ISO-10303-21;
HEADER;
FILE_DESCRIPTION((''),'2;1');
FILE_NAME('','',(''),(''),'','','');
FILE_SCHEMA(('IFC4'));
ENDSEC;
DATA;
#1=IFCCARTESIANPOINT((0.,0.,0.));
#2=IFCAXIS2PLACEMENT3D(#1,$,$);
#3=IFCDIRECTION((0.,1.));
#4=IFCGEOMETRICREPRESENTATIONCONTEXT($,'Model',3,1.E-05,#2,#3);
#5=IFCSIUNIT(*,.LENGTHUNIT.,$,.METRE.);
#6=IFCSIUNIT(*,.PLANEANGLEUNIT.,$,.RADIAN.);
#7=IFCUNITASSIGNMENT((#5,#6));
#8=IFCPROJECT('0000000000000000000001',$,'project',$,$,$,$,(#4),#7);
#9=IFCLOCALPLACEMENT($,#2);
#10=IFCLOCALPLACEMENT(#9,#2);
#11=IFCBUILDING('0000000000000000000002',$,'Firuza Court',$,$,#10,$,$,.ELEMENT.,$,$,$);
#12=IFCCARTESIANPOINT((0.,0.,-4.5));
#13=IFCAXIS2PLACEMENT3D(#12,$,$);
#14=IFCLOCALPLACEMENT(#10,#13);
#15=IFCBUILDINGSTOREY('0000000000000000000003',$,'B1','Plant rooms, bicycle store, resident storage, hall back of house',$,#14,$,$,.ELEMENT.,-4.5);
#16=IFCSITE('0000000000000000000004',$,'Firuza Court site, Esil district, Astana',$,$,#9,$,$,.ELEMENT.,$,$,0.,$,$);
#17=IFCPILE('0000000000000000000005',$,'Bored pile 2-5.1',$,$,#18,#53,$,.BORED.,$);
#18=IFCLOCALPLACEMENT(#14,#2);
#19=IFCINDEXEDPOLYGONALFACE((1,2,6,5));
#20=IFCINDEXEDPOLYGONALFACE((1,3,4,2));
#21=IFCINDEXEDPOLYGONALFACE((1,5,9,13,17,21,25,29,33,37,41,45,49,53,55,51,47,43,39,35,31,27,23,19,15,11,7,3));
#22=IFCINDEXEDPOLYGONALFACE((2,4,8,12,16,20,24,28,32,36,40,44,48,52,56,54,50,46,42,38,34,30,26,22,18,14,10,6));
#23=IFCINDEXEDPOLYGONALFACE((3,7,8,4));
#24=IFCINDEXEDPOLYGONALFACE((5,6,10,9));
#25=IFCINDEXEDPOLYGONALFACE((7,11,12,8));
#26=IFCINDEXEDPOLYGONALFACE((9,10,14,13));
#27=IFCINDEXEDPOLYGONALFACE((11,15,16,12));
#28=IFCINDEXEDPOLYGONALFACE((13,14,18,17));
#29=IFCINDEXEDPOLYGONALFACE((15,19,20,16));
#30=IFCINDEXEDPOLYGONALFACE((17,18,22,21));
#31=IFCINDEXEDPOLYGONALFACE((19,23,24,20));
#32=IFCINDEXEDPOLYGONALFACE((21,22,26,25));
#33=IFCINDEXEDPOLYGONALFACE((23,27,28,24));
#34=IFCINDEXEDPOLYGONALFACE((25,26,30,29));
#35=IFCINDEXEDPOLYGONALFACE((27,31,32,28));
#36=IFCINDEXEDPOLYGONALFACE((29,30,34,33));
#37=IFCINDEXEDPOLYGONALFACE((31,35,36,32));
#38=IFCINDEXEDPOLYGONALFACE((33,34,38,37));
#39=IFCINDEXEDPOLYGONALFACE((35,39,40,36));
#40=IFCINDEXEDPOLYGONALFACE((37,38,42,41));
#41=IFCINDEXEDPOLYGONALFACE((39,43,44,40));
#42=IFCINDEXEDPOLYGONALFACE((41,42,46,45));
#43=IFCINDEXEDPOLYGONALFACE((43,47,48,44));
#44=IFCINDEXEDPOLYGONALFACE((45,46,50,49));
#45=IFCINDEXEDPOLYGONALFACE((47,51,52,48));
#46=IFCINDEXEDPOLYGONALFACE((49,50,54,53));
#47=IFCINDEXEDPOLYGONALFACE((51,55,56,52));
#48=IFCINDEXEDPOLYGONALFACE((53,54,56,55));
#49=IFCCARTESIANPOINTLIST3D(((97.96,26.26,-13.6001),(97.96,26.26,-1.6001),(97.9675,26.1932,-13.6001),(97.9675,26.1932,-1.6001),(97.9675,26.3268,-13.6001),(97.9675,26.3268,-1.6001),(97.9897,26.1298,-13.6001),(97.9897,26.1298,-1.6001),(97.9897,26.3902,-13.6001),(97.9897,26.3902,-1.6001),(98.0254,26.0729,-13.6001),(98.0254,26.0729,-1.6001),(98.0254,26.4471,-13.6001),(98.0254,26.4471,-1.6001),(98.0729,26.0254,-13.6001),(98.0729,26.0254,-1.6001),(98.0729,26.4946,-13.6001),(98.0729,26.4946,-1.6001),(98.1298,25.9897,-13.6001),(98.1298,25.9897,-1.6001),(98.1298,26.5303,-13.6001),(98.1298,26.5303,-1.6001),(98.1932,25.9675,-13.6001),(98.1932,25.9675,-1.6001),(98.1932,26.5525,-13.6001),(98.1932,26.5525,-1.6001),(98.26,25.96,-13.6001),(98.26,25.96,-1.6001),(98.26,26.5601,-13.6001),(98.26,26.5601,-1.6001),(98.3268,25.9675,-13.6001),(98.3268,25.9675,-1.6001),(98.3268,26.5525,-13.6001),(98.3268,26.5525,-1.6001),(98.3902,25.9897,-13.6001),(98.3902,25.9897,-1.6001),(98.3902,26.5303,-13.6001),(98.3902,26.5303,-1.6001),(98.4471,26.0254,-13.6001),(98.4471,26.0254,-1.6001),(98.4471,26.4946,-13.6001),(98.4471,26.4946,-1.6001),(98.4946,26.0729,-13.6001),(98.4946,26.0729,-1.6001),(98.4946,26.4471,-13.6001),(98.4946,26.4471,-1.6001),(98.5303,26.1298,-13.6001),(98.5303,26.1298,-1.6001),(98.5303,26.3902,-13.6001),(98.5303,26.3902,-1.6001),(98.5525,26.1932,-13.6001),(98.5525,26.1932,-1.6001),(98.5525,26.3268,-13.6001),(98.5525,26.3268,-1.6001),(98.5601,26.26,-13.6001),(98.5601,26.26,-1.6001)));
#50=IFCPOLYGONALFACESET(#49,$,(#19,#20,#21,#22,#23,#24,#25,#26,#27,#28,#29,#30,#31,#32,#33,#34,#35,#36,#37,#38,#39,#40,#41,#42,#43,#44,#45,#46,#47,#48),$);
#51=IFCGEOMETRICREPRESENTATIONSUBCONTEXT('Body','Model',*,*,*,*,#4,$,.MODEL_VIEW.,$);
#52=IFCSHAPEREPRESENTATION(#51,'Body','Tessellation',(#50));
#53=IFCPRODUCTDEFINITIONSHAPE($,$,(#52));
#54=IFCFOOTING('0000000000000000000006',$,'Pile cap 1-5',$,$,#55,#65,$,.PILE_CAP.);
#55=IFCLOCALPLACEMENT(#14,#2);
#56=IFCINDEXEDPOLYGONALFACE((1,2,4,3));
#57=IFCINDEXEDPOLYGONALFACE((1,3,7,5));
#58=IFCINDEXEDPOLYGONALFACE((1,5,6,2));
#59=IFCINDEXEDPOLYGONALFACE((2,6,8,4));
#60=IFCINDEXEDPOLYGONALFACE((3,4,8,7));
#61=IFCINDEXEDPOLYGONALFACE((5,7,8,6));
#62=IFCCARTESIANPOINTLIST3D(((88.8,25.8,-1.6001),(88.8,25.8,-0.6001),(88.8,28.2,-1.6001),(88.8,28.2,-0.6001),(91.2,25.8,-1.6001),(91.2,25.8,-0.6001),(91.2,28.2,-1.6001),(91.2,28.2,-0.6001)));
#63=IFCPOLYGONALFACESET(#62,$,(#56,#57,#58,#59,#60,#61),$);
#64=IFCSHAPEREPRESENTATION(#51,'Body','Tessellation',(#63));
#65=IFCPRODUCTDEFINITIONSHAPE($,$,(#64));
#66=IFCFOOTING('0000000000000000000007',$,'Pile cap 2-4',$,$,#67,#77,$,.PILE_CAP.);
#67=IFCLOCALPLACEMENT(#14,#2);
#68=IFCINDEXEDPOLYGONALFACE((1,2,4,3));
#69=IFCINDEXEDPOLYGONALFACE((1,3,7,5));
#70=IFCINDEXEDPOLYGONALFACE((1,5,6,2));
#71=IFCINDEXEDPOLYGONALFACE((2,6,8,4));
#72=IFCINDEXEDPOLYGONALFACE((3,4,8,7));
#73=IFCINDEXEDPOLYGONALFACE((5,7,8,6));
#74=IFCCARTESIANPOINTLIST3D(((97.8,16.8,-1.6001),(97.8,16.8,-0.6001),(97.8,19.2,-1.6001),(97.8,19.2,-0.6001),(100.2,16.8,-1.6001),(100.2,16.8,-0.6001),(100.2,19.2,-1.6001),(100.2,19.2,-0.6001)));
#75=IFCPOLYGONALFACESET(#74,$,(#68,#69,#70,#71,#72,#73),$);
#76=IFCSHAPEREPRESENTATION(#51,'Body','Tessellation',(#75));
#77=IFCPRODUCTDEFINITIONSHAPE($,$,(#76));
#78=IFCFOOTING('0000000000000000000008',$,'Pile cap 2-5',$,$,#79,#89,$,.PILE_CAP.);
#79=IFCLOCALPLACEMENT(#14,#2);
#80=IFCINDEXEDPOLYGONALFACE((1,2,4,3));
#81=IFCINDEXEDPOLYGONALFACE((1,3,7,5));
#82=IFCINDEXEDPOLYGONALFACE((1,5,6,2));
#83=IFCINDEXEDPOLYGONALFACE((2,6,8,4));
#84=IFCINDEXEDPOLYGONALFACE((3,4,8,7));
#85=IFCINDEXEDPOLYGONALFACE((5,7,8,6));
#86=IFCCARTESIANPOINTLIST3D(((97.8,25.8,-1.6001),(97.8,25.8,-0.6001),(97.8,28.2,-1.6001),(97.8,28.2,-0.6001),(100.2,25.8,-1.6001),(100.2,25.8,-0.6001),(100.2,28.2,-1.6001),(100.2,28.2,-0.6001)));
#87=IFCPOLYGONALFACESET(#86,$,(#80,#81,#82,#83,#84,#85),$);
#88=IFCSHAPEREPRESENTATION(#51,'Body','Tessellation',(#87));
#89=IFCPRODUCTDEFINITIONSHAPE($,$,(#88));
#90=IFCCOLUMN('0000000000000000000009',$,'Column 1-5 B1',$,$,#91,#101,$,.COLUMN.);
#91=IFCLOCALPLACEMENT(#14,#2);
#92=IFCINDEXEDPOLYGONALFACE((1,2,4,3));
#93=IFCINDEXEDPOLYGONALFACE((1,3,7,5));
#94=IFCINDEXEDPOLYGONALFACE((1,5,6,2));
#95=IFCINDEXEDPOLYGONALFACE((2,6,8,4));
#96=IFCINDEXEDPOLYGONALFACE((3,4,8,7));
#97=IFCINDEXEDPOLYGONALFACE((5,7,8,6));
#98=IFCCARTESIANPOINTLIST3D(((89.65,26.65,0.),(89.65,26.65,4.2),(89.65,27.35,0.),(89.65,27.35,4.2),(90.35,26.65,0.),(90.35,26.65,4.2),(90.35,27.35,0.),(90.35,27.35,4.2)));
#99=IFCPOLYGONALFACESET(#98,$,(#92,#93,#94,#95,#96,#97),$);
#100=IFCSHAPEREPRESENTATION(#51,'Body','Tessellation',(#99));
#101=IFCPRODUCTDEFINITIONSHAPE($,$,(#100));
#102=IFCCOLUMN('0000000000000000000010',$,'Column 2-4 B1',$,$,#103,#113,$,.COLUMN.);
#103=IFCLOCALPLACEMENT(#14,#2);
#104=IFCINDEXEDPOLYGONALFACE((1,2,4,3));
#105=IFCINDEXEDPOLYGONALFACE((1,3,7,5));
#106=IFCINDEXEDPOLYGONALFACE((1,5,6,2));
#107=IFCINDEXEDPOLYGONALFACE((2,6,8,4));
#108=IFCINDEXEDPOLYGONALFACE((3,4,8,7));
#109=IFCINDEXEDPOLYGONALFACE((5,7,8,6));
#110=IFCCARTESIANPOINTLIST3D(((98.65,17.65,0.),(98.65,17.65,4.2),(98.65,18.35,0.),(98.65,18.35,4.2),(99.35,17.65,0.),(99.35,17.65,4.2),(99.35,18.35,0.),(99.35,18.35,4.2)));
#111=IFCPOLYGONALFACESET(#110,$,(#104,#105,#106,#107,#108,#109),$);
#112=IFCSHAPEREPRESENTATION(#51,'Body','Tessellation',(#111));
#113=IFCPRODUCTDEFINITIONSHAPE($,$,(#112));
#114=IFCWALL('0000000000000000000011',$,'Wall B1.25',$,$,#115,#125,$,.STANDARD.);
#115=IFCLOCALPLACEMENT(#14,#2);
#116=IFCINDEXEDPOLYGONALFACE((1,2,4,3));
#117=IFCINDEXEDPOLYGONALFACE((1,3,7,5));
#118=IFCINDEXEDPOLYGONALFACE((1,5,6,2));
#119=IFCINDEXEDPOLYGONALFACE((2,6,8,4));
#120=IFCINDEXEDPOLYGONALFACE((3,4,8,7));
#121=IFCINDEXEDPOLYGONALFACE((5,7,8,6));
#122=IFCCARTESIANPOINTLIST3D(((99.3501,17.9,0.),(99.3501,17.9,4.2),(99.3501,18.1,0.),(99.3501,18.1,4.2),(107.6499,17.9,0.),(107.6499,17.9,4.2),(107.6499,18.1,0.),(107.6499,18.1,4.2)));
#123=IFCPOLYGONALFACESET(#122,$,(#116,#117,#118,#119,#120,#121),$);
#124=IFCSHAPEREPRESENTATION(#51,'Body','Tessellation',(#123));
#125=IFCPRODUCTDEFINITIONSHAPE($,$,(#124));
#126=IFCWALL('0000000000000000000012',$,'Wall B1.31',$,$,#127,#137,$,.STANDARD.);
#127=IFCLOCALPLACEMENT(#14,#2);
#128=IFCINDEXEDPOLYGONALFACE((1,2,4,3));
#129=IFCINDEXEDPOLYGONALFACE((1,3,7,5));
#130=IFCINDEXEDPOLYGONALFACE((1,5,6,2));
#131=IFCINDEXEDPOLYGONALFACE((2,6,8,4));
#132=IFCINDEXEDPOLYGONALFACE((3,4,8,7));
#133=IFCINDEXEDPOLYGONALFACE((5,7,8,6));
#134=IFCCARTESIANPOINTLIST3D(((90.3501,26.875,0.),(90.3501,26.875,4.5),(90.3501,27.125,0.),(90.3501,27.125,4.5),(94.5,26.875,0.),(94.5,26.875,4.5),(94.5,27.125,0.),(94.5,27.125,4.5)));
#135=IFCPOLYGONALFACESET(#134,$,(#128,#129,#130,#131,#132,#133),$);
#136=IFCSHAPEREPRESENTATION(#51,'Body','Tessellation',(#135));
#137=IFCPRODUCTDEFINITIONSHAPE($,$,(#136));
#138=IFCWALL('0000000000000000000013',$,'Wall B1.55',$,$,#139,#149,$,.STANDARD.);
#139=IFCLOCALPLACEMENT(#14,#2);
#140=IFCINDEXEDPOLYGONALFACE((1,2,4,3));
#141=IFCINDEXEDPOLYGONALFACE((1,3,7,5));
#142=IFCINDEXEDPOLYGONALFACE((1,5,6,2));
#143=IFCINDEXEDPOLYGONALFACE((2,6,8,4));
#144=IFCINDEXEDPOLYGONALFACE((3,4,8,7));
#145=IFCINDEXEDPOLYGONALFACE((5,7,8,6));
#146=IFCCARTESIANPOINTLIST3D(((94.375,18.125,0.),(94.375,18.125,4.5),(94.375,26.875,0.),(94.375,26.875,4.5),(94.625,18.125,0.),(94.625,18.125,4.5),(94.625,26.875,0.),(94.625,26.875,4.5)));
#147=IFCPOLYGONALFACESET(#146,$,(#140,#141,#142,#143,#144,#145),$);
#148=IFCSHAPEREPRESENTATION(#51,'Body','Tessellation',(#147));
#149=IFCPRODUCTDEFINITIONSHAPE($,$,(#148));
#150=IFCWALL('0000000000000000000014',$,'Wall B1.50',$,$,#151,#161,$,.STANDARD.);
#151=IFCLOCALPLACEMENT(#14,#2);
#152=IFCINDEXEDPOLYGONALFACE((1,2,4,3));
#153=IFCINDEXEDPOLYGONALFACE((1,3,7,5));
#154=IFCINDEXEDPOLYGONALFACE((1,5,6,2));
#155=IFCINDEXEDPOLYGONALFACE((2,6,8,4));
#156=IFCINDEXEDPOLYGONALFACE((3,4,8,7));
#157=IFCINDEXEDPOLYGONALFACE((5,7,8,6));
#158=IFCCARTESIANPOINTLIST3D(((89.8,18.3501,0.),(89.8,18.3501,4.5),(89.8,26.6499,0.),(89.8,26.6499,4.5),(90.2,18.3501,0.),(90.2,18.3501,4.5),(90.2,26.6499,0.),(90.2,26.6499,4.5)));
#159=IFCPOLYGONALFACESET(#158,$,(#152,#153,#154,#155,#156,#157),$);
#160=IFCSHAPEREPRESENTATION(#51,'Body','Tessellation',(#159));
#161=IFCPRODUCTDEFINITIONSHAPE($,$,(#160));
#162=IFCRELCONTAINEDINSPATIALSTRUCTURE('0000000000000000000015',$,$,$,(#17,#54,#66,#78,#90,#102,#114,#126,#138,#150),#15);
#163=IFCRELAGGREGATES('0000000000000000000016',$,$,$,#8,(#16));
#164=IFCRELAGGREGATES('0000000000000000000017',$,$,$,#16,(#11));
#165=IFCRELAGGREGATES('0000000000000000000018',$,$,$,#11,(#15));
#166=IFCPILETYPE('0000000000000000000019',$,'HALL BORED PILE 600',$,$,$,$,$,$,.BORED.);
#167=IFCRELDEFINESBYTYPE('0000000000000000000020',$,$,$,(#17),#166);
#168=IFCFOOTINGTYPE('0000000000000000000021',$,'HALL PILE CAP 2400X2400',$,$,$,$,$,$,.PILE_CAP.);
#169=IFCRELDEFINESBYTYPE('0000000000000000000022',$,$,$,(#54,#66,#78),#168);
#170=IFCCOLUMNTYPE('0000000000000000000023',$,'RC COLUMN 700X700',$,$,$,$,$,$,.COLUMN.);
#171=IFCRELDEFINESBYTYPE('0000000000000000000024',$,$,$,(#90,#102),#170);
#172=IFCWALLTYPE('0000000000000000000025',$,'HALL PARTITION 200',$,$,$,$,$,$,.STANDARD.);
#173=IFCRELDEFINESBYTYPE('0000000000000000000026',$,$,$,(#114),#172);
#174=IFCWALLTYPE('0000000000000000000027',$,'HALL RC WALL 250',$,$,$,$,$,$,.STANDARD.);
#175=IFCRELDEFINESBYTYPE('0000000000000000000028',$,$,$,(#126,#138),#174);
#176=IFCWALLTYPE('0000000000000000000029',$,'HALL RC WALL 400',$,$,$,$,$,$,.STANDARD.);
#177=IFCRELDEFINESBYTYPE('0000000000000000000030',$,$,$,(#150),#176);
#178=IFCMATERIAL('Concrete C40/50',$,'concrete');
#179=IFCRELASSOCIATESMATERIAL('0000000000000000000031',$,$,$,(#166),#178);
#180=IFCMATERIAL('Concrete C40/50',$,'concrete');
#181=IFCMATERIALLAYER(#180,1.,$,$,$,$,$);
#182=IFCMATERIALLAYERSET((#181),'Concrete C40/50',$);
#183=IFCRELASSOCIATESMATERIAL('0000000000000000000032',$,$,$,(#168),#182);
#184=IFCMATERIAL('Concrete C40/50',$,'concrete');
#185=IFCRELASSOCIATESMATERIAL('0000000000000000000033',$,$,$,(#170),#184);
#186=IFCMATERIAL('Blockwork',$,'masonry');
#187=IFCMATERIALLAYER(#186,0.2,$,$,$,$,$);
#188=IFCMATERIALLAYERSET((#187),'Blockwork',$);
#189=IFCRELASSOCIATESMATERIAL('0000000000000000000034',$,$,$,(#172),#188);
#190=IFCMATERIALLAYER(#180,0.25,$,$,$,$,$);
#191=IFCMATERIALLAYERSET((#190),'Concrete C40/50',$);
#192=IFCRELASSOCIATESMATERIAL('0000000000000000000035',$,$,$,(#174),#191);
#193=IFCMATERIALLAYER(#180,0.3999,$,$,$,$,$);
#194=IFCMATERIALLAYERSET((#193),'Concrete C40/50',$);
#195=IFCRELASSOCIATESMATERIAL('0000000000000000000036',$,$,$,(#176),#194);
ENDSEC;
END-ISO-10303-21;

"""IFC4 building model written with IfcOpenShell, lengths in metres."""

from ifc_helpers import new_model, si_unit, direction, frame, frame_2d, origin, origin_2d, place, context, subcontext, project, spatial, rectangle, circle, extrude, material, layer, layer_set, material_profile, profile_set, type_object, element, save


model = new_model("IFC4")

# Units and contexts
model_context = context("Model", 3, precision=1e-05, world=origin(), true_north=direction((0.0, 1.0)))
body_context = subcontext(model_context, "Body", "Model", "MODEL_VIEW")
ifc_project = project(units=[si_unit("LENGTHUNIT", "METRE"), si_unit("PLANEANGLEUNIT", "RADIAN")], contexts=[model_context])

# Site, building, storey
site_placement = place(None, origin())
site = spatial("IfcSite", under=ifc_project, at=site_placement, Name="Firuza Court site, Esil district, Astana", CompositionType="ELEMENT", RefElevation=0.0)
building_placement = place(site_placement, origin())
building = spatial("IfcBuilding", under=site, at=building_placement, Name="Firuza Court", CompositionType="ELEMENT")
storey_placement = place(building_placement, frame((0.0, 0.0, -4.5)))
storey = spatial("IfcBuildingStorey", under=building, at=storey_placement, Name="B1", Description="Plant rooms, bicycle store, resident storage, hall back of house", CompositionType="ELEMENT", Elevation=-4.5)

# Pile
ifc_material_1 = material(Name="Concrete C40/50", Category="concrete")
ifc_material_profile_1 = material_profile(ifc_material_1, circle(Radius=0.3, at=origin_2d()), Name="PILE 600")
ifc_profile_set_1 = profile_set([ifc_material_profile_1], Name="Concrete C40/50")
pile_type = type_object("IfcPileType", Name="HALL BORED PILE 600", PredefinedType="BORED", material=ifc_profile_set_1)
for number, where, z_axis, x_axis, name in (
    (1, (98.26, 26.26, -1.6001), (0.0, 0.0, -1.0), (1.0, 0.0, 0.0), "Bored pile 2-5.1"),
):
    element("IfcPile", number, at=place(storey_placement, frame(where, z_axis=z_axis, x_axis=x_axis)), inside=storey, type_object=pile_type, Name=name, PredefinedType="BORED", context=body_context, shape_type="SweptSolid", body=[
        extrude(circle(Radius=0.3, at=origin_2d()), origin(), (0.0, 0.0, 1.0), 12.0),
    ])

# Footings
ifc_material_2 = material(Name="Concrete C40/50", Category="concrete")
ifc_layer_1 = layer(ifc_material_2, 1.0)
ifc_layer_set_1 = layer_set([ifc_layer_1], Name="Concrete C40/50")
footing_type = type_object("IfcFootingType", Name="HALL PILE CAP 2400X2400", PredefinedType="PILE_CAP", material=ifc_layer_set_1)
for number, where, z_axis, x_axis, name in (
    (2, (90.0, 27.0, -1.6001), (0.0, 0.0, 1.0), (1.0, 0.0, 0.0), "Pile cap 1-5"),
    (3, (99.0, 18.0, -1.6001), (0.0, 0.0, 1.0), (1.0, 0.0, 0.0), "Pile cap 2-4"),
    (4, (99.0, 27.0, -1.6001), (0.0, 0.0, 1.0), (1.0, 0.0, 0.0), "Pile cap 2-5"),
):
    element("IfcFooting", number, at=place(storey_placement, frame(where, z_axis=z_axis, x_axis=x_axis)), inside=storey, type_object=footing_type, Name=name, PredefinedType="PILE_CAP", context=body_context, shape_type="SweptSolid", body=[
        extrude(rectangle(XDim=2.3999, YDim=2.3999, at=origin_2d()), origin(), (0.0, 0.0, 1.0), 1.0),
    ])

# Columns
ifc_material_3 = material(Name="Concrete C40/50", Category="concrete")
ifc_material_profile_2 = material_profile(ifc_material_3, rectangle(XDim=0.7, YDim=0.7, at=origin_2d()), Name="RC 700X700")
ifc_profile_set_2 = profile_set([ifc_material_profile_2], Name="Concrete C40/50")
column_type = type_object("IfcColumnType", Name="RC COLUMN 700X700", PredefinedType="COLUMN", material=ifc_profile_set_2)
for number, where, z_axis, x_axis, name in (
    (5, (90.0, 27.0, 0.0), (0.0, 0.0, 1.0), (1.0, 0.0, 0.0), "Column 1-5 B1"),
    (6, (99.0, 18.0, 0.0), (0.0, 0.0, 1.0), (1.0, 0.0, 0.0), "Column 2-4 B1"),
):
    element("IfcColumn", number, at=place(storey_placement, frame(where, z_axis=z_axis, x_axis=x_axis)), inside=storey, type_object=column_type, Name=name, PredefinedType="COLUMN", context=body_context, shape_type="SweptSolid", body=[
        extrude(rectangle(XDim=0.7, YDim=0.7, at=origin_2d()), origin(), (0.0, 0.0, 1.0), 4.2),
    ])

# Walls
ifc_material_4 = material(Name="Blockwork", Category="masonry")
ifc_layer_2 = layer(ifc_material_4, 0.2)
ifc_layer_set_2 = layer_set([ifc_layer_2], Name="Blockwork")
wall_type_1 = type_object("IfcWallType", Name="HALL PARTITION 200", PredefinedType="STANDARD", material=ifc_layer_set_2)
wall_1_placement = place(storey_placement, frame((99.3501, 18.0, 0.0), z_axis=(0.0, 0.0, 1.0), x_axis=(1.0, 0.0, 0.0)))
element("IfcWall", 7, at=wall_1_placement, inside=storey, type_object=wall_type_1, Name="Wall B1.25", PredefinedType="STANDARD", context=body_context, shape_type="SweptSolid", body=[
    extrude(rectangle(XDim=8.2998, YDim=0.2, at=frame_2d((4.1499, 0.0))), origin(), (0.0, 0.0, 1.0), 4.2),
])
ifc_layer_3 = layer(ifc_material_2, 0.25)
ifc_layer_set_3 = layer_set([ifc_layer_3], Name="Concrete C40/50")
wall_type_2 = type_object("IfcWallType", Name="HALL RC WALL 250", PredefinedType="STANDARD", material=ifc_layer_set_3)
wall_2_placement = place(storey_placement, frame((90.3501, 27.0, 0.0), z_axis=(0.0, 0.0, 1.0), x_axis=(1.0, 0.0, 0.0)))
element("IfcWall", 8, at=wall_2_placement, inside=storey, type_object=wall_type_2, Name="Wall B1.31", PredefinedType="STANDARD", context=body_context, shape_type="SweptSolid", body=[
    extrude(rectangle(XDim=4.1499, YDim=0.25, at=frame_2d((2.075, 0.0))), origin(), (0.0, 0.0, 1.0), 4.5),
])
wall_3_placement = place(storey_placement, frame((94.5, 18.125, 0.0), z_axis=(0.0, 0.0, 1.0), x_axis=(0.0, 1.0, 0.0)))
element("IfcWall", 9, at=wall_3_placement, inside=storey, type_object=wall_type_2, Name="Wall B1.55", PredefinedType="STANDARD", context=body_context, shape_type="SweptSolid", body=[
    extrude(rectangle(XDim=8.75, YDim=0.25, at=frame_2d((4.375, 0.0))), origin(), (0.0, 0.0, 1.0), 4.5),
])
ifc_layer_4 = layer(ifc_material_2, 0.3999)
ifc_layer_set_4 = layer_set([ifc_layer_4], Name="Concrete C40/50")
wall_type_3 = type_object("IfcWallType", Name="HALL RC WALL 400", PredefinedType="STANDARD", material=ifc_layer_set_4)
wall_4_placement = place(storey_placement, frame((90.0, 18.3501, 0.0), z_axis=(0.0, 0.0, 1.0), x_axis=(0.0, 1.0, 0.0)))
element("IfcWall", 10, at=wall_4_placement, inside=storey, type_object=wall_type_3, Name="Wall B1.50", PredefinedType="STANDARD", context=body_context, shape_type="SweptSolid", body=[
    extrude(rectangle(XDim=8.2998, YDim=0.3999, at=frame_2d((4.1499, 0.0))), origin(), (0.0, 0.0, 1.0), 4.5),
])

save(model, "model.ifc")
